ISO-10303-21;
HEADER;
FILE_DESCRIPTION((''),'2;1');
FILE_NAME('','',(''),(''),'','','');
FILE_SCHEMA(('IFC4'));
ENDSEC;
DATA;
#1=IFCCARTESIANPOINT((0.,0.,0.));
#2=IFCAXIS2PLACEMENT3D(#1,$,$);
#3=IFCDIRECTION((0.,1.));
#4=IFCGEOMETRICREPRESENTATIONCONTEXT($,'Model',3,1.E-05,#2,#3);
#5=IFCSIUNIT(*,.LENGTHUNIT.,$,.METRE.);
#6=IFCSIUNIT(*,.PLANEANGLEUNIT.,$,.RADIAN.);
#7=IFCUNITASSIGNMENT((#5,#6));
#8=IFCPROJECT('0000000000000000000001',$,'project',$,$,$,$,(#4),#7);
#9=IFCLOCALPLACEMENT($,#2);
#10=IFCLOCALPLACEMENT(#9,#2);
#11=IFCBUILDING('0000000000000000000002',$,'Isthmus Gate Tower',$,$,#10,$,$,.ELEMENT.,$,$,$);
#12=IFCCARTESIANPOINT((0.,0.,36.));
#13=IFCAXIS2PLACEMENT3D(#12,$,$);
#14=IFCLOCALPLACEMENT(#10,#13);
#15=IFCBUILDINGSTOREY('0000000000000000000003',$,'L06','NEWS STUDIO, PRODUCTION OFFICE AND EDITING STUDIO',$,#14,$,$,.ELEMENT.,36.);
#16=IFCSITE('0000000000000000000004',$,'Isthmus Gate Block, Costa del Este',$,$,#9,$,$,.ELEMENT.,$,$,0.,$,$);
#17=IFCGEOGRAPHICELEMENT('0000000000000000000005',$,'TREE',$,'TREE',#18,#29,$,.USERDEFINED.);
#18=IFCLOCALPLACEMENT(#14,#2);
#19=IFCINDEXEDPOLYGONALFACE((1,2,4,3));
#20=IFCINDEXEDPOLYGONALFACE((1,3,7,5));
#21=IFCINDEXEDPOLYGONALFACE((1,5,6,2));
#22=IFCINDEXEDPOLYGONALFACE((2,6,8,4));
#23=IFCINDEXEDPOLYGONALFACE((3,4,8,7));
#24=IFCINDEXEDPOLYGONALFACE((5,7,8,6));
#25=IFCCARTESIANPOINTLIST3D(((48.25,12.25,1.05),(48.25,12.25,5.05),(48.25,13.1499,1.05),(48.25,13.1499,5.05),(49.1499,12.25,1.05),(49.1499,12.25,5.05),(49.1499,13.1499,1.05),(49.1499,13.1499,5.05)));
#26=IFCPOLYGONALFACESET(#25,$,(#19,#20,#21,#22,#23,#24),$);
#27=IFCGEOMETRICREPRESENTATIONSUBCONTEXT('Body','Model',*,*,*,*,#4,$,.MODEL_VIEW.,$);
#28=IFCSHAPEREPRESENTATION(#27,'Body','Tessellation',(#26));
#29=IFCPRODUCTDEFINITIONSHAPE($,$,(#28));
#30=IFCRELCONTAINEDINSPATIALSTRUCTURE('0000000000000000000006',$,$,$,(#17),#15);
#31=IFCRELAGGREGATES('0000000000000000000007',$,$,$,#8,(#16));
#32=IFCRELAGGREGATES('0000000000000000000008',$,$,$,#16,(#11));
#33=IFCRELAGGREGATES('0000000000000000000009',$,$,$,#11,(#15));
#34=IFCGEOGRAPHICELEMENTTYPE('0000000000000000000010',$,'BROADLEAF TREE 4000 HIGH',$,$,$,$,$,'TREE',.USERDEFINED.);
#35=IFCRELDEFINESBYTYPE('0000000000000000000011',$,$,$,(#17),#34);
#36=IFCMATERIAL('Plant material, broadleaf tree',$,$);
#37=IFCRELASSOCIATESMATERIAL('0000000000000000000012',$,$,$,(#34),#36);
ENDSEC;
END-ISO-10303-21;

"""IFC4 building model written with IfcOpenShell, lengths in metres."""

from ifc_helpers import new_model, si_unit, direction, frame, origin, origin_2d, place, context, subcontext, project, spatial, rectangle, extrude, material, type_object, element, save


model = new_model("IFC4")

# Units and contexts
model_context = context("Model", 3, precision=1e-05, world=origin(), true_north=direction((0.0, 1.0)))
body_context = subcontext(model_context, "Body", "Model", "MODEL_VIEW")
ifc_project = project(units=[si_unit("LENGTHUNIT", "METRE"), si_unit("PLANEANGLEUNIT", "RADIAN")], contexts=[model_context])

# Site, building, storey
site_placement = place(None, origin())
site = spatial("IfcSite", under=ifc_project, at=site_placement, Name="Isthmus Gate Block, Costa del Este", CompositionType="ELEMENT", RefElevation=0.0)
building_placement = place(site_placement, origin())
building = spatial("IfcBuilding", under=site, at=building_placement, Name="Isthmus Gate Tower", CompositionType="ELEMENT")
storey_placement = place(building_placement, frame((0.0, 0.0, 36.0)))
storey = spatial("IfcBuildingStorey", under=building, at=storey_placement, Name="L06", Description="NEWS STUDIO, PRODUCTION OFFICE AND EDITING STUDIO", CompositionType="ELEMENT", Elevation=36.0)

# Geographic element
ifc_material_1 = material(Name="Plant material, broadleaf tree")
geographic_element_type = type_object("IfcGeographicElementType", Name="BROADLEAF TREE 4000 HIGH", ElementType="TREE", PredefinedType="USERDEFINED", material=ifc_material_1)
for number, where, z_axis, x_axis, name in (
    (1, (48.7, 12.7, 1.05), (0.0, 0.0, 1.0), (1.0, 0.0, 0.0), "TREE"),
):
    element("IfcGeographicElement", number, at=place(storey_placement, frame(where, z_axis=z_axis, x_axis=x_axis)), inside=storey, type_object=geographic_element_type, Name=name, ObjectType="TREE", PredefinedType="USERDEFINED", context=body_context, shape_type="SweptSolid", body=[
        extrude(rectangle(XDim=0.8999, YDim=0.8999, at=origin_2d()), origin(), (0.0, 0.0, 1.0), 4.0),
    ])

save(model, "model.ifc")
